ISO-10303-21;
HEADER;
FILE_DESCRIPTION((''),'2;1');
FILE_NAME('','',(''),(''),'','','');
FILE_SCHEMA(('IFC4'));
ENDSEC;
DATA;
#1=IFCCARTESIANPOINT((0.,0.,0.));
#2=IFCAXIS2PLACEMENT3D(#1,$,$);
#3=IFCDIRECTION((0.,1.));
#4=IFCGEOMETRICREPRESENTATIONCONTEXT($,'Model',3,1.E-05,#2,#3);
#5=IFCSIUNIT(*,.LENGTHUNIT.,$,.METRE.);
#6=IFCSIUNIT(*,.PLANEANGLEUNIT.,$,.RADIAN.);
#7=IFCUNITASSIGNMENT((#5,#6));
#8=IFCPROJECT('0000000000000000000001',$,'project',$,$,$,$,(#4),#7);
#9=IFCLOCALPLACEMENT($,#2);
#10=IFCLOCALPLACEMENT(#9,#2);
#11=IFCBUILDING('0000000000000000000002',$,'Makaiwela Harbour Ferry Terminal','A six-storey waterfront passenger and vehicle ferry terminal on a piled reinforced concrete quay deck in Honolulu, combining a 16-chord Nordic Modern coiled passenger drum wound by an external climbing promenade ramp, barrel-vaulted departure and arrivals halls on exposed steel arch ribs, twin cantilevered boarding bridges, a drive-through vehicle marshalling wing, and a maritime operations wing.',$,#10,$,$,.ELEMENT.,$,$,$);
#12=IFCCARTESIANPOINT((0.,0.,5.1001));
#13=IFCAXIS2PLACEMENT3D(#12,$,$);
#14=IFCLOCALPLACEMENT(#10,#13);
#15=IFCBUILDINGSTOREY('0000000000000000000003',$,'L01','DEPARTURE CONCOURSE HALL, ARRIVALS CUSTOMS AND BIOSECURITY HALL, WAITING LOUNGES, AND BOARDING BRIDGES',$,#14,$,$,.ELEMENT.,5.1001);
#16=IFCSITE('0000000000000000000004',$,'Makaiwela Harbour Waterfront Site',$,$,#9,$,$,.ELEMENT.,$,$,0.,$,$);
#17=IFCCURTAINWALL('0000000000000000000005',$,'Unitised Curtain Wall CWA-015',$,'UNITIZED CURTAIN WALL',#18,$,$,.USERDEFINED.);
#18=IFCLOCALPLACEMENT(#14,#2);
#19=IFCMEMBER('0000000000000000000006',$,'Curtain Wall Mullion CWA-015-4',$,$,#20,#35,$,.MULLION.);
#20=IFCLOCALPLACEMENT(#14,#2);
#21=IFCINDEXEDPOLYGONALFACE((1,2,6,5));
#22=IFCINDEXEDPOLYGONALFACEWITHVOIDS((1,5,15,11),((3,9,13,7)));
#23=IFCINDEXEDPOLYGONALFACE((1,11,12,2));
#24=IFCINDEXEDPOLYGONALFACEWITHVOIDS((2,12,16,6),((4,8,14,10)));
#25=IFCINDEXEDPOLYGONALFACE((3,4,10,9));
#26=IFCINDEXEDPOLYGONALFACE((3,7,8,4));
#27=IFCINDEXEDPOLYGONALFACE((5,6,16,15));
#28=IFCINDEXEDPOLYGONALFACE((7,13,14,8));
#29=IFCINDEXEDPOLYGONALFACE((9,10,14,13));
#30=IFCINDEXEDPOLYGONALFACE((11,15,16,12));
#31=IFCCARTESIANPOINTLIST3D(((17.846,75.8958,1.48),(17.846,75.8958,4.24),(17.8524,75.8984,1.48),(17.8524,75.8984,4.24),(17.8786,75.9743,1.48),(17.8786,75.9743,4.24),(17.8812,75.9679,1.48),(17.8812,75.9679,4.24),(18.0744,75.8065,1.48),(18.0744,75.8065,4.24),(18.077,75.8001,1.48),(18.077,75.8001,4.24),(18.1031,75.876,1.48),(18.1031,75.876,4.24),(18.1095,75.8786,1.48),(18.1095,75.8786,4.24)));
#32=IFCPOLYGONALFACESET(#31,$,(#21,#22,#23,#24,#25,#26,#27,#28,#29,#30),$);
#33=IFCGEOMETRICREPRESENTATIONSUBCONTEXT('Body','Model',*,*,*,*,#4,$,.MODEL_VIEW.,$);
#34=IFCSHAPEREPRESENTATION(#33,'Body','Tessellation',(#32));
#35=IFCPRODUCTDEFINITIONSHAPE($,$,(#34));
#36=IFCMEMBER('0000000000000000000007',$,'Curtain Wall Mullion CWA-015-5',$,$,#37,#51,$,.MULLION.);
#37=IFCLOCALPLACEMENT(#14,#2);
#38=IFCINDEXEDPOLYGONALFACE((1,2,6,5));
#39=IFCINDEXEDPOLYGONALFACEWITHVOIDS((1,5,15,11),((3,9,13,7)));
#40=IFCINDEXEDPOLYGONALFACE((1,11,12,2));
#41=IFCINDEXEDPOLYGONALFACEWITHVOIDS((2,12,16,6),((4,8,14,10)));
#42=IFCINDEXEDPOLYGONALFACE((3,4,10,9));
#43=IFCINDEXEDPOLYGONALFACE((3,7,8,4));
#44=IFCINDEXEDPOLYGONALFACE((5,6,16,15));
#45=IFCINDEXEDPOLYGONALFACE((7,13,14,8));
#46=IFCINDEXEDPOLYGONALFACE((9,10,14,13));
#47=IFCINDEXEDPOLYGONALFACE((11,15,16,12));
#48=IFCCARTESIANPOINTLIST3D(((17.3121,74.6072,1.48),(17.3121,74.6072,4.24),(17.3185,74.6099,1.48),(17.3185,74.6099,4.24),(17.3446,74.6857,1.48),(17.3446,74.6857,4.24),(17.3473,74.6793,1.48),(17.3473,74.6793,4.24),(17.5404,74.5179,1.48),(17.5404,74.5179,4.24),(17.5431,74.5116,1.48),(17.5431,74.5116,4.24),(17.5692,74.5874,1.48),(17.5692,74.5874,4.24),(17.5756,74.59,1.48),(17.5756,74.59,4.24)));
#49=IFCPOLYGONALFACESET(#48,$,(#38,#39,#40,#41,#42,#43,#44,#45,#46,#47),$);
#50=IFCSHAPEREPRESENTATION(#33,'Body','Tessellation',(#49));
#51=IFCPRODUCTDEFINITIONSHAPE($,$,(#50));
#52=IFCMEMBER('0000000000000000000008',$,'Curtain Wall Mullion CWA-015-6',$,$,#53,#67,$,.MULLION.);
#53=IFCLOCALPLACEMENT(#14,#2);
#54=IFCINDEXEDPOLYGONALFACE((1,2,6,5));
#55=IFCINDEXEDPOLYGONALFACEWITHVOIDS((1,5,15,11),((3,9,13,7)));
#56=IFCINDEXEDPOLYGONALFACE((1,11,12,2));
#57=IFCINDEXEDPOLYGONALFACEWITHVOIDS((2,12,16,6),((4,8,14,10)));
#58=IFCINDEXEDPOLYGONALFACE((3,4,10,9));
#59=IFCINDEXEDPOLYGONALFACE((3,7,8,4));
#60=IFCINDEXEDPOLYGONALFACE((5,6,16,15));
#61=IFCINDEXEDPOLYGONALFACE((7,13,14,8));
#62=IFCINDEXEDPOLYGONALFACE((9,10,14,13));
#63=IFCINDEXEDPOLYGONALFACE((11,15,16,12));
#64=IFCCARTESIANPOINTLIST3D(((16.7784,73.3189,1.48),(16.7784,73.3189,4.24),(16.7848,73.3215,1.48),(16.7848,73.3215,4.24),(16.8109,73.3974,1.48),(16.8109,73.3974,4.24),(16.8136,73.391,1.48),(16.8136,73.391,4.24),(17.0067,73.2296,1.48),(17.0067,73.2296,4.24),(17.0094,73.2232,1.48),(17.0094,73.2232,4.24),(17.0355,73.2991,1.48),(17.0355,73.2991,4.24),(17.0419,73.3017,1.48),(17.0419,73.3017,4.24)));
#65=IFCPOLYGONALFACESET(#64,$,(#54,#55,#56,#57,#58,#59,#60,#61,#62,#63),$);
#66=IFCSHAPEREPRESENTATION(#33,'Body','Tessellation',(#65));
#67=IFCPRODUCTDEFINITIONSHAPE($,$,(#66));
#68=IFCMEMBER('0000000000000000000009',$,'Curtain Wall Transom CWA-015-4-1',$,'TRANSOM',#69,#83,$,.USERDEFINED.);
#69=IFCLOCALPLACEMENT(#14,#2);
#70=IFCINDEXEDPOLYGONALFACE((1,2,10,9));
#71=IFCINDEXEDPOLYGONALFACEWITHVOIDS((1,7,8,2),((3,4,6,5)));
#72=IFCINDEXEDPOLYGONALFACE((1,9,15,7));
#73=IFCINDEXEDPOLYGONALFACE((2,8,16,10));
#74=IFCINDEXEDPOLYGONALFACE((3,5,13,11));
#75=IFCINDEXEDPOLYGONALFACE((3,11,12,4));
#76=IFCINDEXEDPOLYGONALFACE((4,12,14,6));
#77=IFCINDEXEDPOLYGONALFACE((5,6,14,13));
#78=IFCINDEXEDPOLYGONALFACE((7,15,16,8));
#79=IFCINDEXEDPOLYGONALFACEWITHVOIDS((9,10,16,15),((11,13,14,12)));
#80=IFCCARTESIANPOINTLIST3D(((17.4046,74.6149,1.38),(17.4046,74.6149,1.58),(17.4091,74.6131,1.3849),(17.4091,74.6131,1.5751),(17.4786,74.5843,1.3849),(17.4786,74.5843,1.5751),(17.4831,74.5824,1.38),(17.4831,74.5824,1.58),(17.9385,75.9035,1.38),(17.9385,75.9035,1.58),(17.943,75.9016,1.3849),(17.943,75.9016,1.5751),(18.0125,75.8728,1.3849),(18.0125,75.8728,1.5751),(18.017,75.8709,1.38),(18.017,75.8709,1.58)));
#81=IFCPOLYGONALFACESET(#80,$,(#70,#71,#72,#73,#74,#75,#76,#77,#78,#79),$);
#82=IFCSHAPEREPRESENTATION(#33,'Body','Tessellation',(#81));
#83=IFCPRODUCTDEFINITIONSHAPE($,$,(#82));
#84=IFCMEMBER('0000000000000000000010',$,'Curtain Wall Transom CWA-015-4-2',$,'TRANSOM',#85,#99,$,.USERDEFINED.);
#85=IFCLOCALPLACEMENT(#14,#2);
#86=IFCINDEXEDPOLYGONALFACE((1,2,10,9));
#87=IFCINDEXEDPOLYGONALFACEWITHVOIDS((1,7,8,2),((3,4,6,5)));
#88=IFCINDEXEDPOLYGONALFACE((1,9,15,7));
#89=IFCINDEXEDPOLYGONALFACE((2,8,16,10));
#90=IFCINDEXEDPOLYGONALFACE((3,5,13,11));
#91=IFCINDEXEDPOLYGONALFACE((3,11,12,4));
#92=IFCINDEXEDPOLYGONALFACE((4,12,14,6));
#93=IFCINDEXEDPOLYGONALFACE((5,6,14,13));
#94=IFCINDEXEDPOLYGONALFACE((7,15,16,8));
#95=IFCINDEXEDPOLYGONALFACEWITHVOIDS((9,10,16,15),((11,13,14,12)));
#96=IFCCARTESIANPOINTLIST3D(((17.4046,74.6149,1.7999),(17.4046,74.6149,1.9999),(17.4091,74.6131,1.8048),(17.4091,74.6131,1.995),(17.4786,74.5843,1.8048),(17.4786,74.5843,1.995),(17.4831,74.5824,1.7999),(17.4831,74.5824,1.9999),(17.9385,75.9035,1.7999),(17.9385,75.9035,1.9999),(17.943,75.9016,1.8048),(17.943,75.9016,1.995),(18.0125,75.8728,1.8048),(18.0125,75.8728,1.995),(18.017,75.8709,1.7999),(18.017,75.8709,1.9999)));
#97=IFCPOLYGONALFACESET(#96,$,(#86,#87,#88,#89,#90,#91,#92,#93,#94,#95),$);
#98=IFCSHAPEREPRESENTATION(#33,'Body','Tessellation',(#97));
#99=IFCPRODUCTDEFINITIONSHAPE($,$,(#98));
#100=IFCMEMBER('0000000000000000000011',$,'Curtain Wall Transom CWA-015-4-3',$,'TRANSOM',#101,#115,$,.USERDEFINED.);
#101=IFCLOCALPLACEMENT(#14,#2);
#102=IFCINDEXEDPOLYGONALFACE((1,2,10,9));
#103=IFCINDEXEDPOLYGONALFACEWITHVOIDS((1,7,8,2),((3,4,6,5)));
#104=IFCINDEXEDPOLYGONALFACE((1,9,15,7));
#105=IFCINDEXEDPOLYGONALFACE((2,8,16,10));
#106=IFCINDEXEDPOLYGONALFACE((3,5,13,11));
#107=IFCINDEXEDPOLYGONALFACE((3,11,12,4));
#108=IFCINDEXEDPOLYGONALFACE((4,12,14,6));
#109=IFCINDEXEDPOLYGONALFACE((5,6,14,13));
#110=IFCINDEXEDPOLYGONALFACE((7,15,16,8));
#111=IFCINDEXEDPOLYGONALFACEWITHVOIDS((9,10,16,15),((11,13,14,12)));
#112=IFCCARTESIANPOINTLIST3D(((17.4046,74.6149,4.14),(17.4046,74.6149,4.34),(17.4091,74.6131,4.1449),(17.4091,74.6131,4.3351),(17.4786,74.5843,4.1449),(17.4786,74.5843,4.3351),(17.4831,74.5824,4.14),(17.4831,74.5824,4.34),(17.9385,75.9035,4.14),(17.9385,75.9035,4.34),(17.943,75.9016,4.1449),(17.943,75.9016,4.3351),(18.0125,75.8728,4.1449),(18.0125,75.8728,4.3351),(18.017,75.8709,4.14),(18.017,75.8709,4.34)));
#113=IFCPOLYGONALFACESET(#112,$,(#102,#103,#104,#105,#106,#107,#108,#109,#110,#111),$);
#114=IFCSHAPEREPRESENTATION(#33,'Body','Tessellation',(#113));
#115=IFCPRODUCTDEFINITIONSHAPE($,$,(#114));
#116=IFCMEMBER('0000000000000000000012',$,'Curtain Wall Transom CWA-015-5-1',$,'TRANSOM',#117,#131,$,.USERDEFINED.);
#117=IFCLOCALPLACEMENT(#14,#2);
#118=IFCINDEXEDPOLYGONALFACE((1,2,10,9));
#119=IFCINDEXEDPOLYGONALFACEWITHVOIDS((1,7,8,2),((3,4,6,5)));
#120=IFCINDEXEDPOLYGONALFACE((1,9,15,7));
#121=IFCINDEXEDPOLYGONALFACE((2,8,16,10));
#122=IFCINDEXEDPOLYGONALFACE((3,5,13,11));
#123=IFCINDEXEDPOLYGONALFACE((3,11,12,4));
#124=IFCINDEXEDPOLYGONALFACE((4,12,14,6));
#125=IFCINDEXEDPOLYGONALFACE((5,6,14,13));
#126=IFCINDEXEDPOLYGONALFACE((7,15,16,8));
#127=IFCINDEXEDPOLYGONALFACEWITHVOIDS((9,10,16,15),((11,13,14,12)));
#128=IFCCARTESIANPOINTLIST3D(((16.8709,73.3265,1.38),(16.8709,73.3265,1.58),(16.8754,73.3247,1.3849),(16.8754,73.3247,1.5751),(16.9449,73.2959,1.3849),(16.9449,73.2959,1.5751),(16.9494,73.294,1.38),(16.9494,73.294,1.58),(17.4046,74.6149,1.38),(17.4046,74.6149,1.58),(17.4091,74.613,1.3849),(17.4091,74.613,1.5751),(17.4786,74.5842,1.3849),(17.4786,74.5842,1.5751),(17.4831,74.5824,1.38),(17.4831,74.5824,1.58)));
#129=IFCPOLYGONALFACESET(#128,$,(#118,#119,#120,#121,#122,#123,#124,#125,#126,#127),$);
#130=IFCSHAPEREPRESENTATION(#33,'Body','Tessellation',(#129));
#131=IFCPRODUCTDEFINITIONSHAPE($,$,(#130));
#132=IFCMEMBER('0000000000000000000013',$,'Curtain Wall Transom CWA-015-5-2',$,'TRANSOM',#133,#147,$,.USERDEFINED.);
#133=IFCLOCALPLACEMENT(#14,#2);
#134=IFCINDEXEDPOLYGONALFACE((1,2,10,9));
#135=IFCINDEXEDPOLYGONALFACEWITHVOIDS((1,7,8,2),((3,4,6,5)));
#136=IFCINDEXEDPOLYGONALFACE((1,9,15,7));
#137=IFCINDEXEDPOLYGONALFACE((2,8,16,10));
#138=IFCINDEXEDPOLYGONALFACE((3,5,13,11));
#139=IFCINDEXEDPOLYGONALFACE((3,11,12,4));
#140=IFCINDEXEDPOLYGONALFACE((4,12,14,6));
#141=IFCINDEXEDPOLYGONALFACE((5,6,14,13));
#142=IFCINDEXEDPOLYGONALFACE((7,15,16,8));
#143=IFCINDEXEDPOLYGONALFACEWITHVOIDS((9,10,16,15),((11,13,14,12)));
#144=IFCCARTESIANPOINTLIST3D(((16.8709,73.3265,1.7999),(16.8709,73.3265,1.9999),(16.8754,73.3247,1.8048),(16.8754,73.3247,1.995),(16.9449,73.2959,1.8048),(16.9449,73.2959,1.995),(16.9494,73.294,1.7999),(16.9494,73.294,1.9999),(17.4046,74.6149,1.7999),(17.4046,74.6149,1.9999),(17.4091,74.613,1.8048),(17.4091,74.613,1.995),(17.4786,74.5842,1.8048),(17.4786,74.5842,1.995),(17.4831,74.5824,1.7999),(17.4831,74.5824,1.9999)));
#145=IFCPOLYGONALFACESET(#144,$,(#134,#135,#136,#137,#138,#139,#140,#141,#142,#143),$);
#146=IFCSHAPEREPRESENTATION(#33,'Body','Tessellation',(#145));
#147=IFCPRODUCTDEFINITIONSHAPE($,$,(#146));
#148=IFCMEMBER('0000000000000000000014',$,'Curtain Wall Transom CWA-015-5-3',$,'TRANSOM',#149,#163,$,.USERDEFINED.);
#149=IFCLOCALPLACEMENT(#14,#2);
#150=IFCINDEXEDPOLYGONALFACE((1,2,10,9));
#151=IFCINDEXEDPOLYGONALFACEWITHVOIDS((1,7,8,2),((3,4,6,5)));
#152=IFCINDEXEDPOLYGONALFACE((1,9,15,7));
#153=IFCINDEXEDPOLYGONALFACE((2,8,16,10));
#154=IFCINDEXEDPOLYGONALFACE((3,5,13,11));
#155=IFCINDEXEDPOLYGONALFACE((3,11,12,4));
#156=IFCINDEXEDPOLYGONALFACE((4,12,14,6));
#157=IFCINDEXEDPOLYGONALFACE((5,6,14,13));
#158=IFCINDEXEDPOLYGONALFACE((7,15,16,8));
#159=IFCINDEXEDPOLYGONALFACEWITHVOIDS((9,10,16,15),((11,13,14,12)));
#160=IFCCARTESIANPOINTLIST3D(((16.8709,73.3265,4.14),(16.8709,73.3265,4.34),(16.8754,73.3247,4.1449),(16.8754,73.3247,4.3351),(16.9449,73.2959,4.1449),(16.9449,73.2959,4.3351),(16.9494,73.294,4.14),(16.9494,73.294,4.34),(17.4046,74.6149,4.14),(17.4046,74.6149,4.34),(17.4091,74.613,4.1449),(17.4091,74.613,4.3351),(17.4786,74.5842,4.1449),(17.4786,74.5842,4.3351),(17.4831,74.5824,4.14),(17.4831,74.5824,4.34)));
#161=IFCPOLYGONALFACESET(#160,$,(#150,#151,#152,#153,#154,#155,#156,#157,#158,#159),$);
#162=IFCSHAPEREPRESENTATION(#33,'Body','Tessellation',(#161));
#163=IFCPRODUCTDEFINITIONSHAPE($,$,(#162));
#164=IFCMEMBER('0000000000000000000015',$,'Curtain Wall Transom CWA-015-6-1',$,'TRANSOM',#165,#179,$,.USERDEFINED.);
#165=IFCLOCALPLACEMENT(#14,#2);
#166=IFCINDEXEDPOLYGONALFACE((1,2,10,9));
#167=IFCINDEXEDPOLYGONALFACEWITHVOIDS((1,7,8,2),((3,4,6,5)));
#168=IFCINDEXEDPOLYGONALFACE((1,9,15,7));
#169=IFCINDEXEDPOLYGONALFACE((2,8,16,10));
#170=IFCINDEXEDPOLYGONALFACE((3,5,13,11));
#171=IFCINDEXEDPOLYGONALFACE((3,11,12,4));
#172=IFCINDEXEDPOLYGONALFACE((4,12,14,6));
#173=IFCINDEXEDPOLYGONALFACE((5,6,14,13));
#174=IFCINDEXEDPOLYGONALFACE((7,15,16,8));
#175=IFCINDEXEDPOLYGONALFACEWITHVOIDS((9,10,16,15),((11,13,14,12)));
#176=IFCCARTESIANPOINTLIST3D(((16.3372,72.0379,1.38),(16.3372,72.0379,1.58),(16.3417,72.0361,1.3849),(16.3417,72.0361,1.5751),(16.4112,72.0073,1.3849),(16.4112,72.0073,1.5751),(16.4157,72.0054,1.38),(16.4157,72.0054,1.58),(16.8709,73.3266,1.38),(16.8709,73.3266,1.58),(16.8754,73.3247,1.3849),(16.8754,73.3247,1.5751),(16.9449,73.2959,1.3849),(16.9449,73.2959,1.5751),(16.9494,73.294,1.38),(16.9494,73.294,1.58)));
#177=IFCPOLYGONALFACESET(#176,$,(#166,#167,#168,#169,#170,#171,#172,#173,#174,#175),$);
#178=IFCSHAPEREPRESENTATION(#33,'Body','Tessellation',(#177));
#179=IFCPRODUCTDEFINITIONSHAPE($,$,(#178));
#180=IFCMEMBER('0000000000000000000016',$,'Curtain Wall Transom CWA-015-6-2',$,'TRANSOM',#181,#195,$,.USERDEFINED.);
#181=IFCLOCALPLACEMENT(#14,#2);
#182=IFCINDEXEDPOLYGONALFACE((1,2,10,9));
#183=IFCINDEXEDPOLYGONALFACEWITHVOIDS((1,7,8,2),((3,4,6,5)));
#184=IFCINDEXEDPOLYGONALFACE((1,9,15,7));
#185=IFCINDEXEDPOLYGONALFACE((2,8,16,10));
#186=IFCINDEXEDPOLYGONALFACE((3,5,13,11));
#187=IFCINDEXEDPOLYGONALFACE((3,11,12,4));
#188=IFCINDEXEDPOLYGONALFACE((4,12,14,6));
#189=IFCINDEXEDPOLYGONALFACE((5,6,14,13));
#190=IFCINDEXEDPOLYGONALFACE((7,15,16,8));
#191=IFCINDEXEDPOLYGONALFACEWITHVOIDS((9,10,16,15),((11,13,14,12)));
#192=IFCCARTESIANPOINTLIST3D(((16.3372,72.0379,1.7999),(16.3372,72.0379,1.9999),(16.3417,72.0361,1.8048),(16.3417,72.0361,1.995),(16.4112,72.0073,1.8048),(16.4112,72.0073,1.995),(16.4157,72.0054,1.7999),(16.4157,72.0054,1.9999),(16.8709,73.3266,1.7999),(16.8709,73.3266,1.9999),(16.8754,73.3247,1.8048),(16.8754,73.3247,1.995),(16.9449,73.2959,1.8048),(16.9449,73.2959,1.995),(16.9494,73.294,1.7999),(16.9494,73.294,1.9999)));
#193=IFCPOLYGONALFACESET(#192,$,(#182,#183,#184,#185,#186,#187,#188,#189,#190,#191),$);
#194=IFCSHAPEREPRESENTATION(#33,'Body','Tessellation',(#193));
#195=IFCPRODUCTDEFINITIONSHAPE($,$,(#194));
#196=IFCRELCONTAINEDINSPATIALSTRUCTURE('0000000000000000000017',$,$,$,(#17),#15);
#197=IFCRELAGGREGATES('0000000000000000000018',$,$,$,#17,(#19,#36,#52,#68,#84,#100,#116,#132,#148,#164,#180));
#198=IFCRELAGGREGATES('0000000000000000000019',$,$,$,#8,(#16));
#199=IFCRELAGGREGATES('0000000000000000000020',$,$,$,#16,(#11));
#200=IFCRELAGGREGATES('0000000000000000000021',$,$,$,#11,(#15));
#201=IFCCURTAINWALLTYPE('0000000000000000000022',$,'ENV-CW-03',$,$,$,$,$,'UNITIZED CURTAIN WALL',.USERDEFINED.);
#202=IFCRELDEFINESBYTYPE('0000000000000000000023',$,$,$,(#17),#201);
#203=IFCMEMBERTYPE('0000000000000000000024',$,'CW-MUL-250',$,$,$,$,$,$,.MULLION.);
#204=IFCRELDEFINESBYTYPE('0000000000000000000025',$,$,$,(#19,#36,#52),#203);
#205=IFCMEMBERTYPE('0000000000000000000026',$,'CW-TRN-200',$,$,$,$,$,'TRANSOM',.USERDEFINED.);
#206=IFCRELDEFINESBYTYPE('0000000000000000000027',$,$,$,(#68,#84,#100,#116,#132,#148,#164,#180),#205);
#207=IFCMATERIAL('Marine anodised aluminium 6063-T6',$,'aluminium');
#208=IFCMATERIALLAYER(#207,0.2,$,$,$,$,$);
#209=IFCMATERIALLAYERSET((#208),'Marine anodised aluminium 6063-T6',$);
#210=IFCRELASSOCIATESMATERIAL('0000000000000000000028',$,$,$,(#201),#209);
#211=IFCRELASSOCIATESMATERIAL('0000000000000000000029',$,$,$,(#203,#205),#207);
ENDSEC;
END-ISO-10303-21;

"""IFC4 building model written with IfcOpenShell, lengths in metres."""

from ifc_helpers import new_model, si_unit, direction, frame, origin, origin_2d, place, context, subcontext, project, spatial, hollow_rectangle, extrude, material, layer, layer_set, material_profile, profile_set, type_object, element, aggregate, save


model = new_model("IFC4")

# Units and contexts
model_context = context("Model", 3, precision=1e-05, world=origin(), true_north=direction((0.0, 1.0)))
body_context = subcontext(model_context, "Body", "Model", "MODEL_VIEW")
ifc_project = project(units=[si_unit("LENGTHUNIT", "METRE"), si_unit("PLANEANGLEUNIT", "RADIAN")], contexts=[model_context])

# Site, building, storey
site_placement = place(None, origin())
site = spatial("IfcSite", under=ifc_project, at=site_placement, Name="Makaiwela Harbour Waterfront Site", CompositionType="ELEMENT", RefElevation=0.0)
building_placement = place(site_placement, origin())
building = spatial("IfcBuilding", under=site, at=building_placement, Name="Makaiwela Harbour Ferry Terminal", Description="A six-storey waterfront passenger and vehicle ferry terminal on a piled reinforced concrete quay deck in Honolulu, combining a 16-chord Nordic Modern coiled passenger drum wound by an external climbing promenade ramp, barrel-vaulted departure and arrivals halls on exposed steel arch ribs, twin cantilevered boarding bridges, a drive-through vehicle marshalling wing, and a maritime operations wing.", CompositionType="ELEMENT")
storey_placement = place(building_placement, frame((0.0, 0.0, 5.1001)))
storey = spatial("IfcBuildingStorey", under=building, at=storey_placement, Name="L01", Description="DEPARTURE CONCOURSE HALL, ARRIVALS CUSTOMS AND BIOSECURITY HALL, WAITING LOUNGES, AND BOARDING BRIDGES", CompositionType="ELEMENT", Elevation=5.1001)

# Curtain wall, members
ifc_material_1 = material(Name="Marine anodised aluminium 6063-T6", Category="aluminium")
ifc_layer_1 = layer(ifc_material_1, 0.2)
ifc_layer_set_1 = layer_set([ifc_layer_1], Name="Marine anodised aluminium 6063-T6")
curtain_wall_type = type_object("IfcCurtainWallType", Name="ENV-CW-03", ElementType="UNITIZED CURTAIN WALL", PredefinedType="USERDEFINED", material=ifc_layer_set_1)
curtain_wall_placement = place(storey_placement, origin())
curtain_wall = element("IfcCurtainWall", 1, at=curtain_wall_placement, inside=storey, type_object=curtain_wall_type, Name="Unitised Curtain Wall CWA-015", ObjectType="UNITIZED CURTAIN WALL", PredefinedType="USERDEFINED")
ifc_material_profile_1 = material_profile(ifc_material_1, hollow_rectangle(XDim=0.085, YDim=0.25, WallThickness=0.0049, at=origin_2d()), Name="CWM-250X85")
ifc_profile_set_1 = profile_set([ifc_material_profile_1], Name="Marine anodised aluminium 6063-T6")
member_type_1 = type_object("IfcMemberType", Name="CW-MUL-250", PredefinedType="MULLION", material=ifc_profile_set_1)
member_1_placement = place(storey_placement, frame((17.9778, 75.8872, 1.48), z_axis=(0.0, 0.0, 1.0), x_axis=(0.382683, 0.92388, 0.0)))
member_1 = element("IfcMember", 2, at=member_1_placement, type_object=member_type_1, Name="Curtain Wall Mullion CWA-015-4", PredefinedType="MULLION", context=body_context, shape_type="SweptSolid", body=[
    extrude(hollow_rectangle(XDim=0.085, YDim=0.25, WallThickness=0.0049, at=origin_2d()), origin(), (0.0, 0.0, 1.0), 2.76),
])
member_2_placement = place(storey_placement, frame((17.4438, 74.5986, 1.48), z_axis=(0.0, 0.0, 1.0), x_axis=(0.382683, 0.92388, 0.0)))
member_2 = element("IfcMember", 3, at=member_2_placement, type_object=member_type_1, Name="Curtain Wall Mullion CWA-015-5", PredefinedType="MULLION", context=body_context, shape_type="SweptSolid", body=[
    extrude(hollow_rectangle(XDim=0.085, YDim=0.25, WallThickness=0.0049, at=origin_2d()), origin(), (0.0, 0.0, 1.0), 2.76),
])
member_3_placement = place(storey_placement, frame((16.9102, 73.3103, 1.48), z_axis=(0.0, 0.0, 1.0), x_axis=(0.382683, 0.92388, 0.0)))
member_3 = element("IfcMember", 4, at=member_3_placement, type_object=member_type_1, Name="Curtain Wall Mullion CWA-015-6", PredefinedType="MULLION", context=body_context, shape_type="SweptSolid", body=[
    extrude(hollow_rectangle(XDim=0.085, YDim=0.25, WallThickness=0.0049, at=origin_2d()), origin(), (0.0, 0.0, 1.0), 2.76),
])
ifc_material_profile_2 = material_profile(ifc_material_1, hollow_rectangle(XDim=0.085, YDim=0.2, WallThickness=0.0049, at=origin_2d()), Name="CWT-200X85")
ifc_profile_set_2 = profile_set([ifc_material_profile_2], Name="Marine anodised aluminium 6063-T6")
member_type_2 = type_object("IfcMemberType", Name="CW-TRN-200", ElementType="TRANSOM", PredefinedType="USERDEFINED", material=ifc_profile_set_2)
member_4_placement = place(storey_placement, frame((17.9778, 75.8872, 1.48), z_axis=(-0.3828, -0.923831, 0.0), x_axis=(0.923831, -0.3828, 0.0)))
member_4 = element("IfcMember", 5, at=member_4_placement, type_object=member_type_2, Name="Curtain Wall Transom CWA-015-4-1", ObjectType="TRANSOM", PredefinedType="USERDEFINED", context=body_context, shape_type="SweptSolid", body=[
    extrude(hollow_rectangle(XDim=0.085, YDim=0.2, WallThickness=0.0049, at=origin_2d()), origin(), (0.0, 0.0, 1.0), 1.3948),
])
member_5_placement = place(storey_placement, frame((17.9778, 75.8872, 1.8999), z_axis=(-0.3828, -0.923831, 0.0), x_axis=(0.923831, -0.3828, 0.0)))
member_5 = element("IfcMember", 6, at=member_5_placement, type_object=member_type_2, Name="Curtain Wall Transom CWA-015-4-2", ObjectType="TRANSOM", PredefinedType="USERDEFINED", context=body_context, shape_type="SweptSolid", body=[
    extrude(hollow_rectangle(XDim=0.085, YDim=0.2, WallThickness=0.0049, at=origin_2d()), origin(), (0.0, 0.0, 1.0), 1.3948),
])
member_6_placement = place(storey_placement, frame((17.9778, 75.8872, 4.24), z_axis=(-0.3828, -0.923831, 0.0), x_axis=(0.923831, -0.3828, 0.0)))
member_6 = element("IfcMember", 7, at=member_6_placement, type_object=member_type_2, Name="Curtain Wall Transom CWA-015-4-3", ObjectType="TRANSOM", PredefinedType="USERDEFINED", context=body_context, shape_type="SweptSolid", body=[
    extrude(hollow_rectangle(XDim=0.085, YDim=0.2, WallThickness=0.0049, at=origin_2d()), origin(), (0.0, 0.0, 1.0), 1.3948),
])
member_7_placement = place(storey_placement, frame((17.4438, 74.5986, 1.48), z_axis=(-0.382713, -0.923867, 0.0), x_axis=(0.923867, -0.382713, 0.0)))
member_7 = element("IfcMember", 8, at=member_7_placement, type_object=member_type_2, Name="Curtain Wall Transom CWA-015-5-1", ObjectType="TRANSOM", PredefinedType="USERDEFINED", context=body_context, shape_type="SweptSolid", body=[
    extrude(hollow_rectangle(XDim=0.085, YDim=0.2, WallThickness=0.0049, at=origin_2d()), origin(), (0.0, 0.0, 1.0), 1.3945),
])
member_8_placement = place(storey_placement, frame((17.4438, 74.5986, 1.8999), z_axis=(-0.382713, -0.923867, 0.0), x_axis=(0.923867, -0.382713, 0.0)))
member_8 = element("IfcMember", 9, at=member_8_placement, type_object=member_type_2, Name="Curtain Wall Transom CWA-015-5-2", ObjectType="TRANSOM", PredefinedType="USERDEFINED", context=body_context, shape_type="SweptSolid", body=[
    extrude(hollow_rectangle(XDim=0.085, YDim=0.2, WallThickness=0.0049, at=origin_2d()), origin(), (0.0, 0.0, 1.0), 1.3945),
])
member_9_placement = place(storey_placement, frame((17.4438, 74.5986, 4.24), z_axis=(-0.382713, -0.923867, 0.0), x_axis=(0.923867, -0.382713, 0.0)))
member_9 = element("IfcMember", 10, at=member_9_placement, type_object=member_type_2, Name="Curtain Wall Transom CWA-015-5-3", ObjectType="TRANSOM", PredefinedType="USERDEFINED", context=body_context, shape_type="SweptSolid", body=[
    extrude(hollow_rectangle(XDim=0.085, YDim=0.2, WallThickness=0.0049, at=origin_2d()), origin(), (0.0, 0.0, 1.0), 1.3945),
])
member_10_placement = place(storey_placement, frame((16.9102, 73.3103, 1.48), z_axis=(-0.382651, -0.923893, 0.0), x_axis=(0.923893, -0.382651, 0.0)))
member_10 = element("IfcMember", 11, at=member_10_placement, type_object=member_type_2, Name="Curtain Wall Transom CWA-015-6-1", ObjectType="TRANSOM", PredefinedType="USERDEFINED", context=body_context, shape_type="SweptSolid", body=[
    extrude(hollow_rectangle(XDim=0.085, YDim=0.2, WallThickness=0.0049, at=origin_2d()), origin(), (0.0, 0.0, 1.0), 1.3948),
])
member_11_placement = place(storey_placement, frame((16.9102, 73.3103, 1.8999), z_axis=(-0.382651, -0.923893, 0.0), x_axis=(0.923893, -0.382651, 0.0)))
member_11 = element("IfcMember", 12, at=member_11_placement, type_object=member_type_2, Name="Curtain Wall Transom CWA-015-6-2", ObjectType="TRANSOM", PredefinedType="USERDEFINED", context=body_context, shape_type="SweptSolid", body=[
    extrude(hollow_rectangle(XDim=0.085, YDim=0.2, WallThickness=0.0049, at=origin_2d()), origin(), (0.0, 0.0, 1.0), 1.3948),
])

aggregate(curtain_wall, [member_1, member_2, member_3, member_4, member_5, member_6, member_7, member_8, member_9, member_10, member_11])

save(model, "model.ifc")
